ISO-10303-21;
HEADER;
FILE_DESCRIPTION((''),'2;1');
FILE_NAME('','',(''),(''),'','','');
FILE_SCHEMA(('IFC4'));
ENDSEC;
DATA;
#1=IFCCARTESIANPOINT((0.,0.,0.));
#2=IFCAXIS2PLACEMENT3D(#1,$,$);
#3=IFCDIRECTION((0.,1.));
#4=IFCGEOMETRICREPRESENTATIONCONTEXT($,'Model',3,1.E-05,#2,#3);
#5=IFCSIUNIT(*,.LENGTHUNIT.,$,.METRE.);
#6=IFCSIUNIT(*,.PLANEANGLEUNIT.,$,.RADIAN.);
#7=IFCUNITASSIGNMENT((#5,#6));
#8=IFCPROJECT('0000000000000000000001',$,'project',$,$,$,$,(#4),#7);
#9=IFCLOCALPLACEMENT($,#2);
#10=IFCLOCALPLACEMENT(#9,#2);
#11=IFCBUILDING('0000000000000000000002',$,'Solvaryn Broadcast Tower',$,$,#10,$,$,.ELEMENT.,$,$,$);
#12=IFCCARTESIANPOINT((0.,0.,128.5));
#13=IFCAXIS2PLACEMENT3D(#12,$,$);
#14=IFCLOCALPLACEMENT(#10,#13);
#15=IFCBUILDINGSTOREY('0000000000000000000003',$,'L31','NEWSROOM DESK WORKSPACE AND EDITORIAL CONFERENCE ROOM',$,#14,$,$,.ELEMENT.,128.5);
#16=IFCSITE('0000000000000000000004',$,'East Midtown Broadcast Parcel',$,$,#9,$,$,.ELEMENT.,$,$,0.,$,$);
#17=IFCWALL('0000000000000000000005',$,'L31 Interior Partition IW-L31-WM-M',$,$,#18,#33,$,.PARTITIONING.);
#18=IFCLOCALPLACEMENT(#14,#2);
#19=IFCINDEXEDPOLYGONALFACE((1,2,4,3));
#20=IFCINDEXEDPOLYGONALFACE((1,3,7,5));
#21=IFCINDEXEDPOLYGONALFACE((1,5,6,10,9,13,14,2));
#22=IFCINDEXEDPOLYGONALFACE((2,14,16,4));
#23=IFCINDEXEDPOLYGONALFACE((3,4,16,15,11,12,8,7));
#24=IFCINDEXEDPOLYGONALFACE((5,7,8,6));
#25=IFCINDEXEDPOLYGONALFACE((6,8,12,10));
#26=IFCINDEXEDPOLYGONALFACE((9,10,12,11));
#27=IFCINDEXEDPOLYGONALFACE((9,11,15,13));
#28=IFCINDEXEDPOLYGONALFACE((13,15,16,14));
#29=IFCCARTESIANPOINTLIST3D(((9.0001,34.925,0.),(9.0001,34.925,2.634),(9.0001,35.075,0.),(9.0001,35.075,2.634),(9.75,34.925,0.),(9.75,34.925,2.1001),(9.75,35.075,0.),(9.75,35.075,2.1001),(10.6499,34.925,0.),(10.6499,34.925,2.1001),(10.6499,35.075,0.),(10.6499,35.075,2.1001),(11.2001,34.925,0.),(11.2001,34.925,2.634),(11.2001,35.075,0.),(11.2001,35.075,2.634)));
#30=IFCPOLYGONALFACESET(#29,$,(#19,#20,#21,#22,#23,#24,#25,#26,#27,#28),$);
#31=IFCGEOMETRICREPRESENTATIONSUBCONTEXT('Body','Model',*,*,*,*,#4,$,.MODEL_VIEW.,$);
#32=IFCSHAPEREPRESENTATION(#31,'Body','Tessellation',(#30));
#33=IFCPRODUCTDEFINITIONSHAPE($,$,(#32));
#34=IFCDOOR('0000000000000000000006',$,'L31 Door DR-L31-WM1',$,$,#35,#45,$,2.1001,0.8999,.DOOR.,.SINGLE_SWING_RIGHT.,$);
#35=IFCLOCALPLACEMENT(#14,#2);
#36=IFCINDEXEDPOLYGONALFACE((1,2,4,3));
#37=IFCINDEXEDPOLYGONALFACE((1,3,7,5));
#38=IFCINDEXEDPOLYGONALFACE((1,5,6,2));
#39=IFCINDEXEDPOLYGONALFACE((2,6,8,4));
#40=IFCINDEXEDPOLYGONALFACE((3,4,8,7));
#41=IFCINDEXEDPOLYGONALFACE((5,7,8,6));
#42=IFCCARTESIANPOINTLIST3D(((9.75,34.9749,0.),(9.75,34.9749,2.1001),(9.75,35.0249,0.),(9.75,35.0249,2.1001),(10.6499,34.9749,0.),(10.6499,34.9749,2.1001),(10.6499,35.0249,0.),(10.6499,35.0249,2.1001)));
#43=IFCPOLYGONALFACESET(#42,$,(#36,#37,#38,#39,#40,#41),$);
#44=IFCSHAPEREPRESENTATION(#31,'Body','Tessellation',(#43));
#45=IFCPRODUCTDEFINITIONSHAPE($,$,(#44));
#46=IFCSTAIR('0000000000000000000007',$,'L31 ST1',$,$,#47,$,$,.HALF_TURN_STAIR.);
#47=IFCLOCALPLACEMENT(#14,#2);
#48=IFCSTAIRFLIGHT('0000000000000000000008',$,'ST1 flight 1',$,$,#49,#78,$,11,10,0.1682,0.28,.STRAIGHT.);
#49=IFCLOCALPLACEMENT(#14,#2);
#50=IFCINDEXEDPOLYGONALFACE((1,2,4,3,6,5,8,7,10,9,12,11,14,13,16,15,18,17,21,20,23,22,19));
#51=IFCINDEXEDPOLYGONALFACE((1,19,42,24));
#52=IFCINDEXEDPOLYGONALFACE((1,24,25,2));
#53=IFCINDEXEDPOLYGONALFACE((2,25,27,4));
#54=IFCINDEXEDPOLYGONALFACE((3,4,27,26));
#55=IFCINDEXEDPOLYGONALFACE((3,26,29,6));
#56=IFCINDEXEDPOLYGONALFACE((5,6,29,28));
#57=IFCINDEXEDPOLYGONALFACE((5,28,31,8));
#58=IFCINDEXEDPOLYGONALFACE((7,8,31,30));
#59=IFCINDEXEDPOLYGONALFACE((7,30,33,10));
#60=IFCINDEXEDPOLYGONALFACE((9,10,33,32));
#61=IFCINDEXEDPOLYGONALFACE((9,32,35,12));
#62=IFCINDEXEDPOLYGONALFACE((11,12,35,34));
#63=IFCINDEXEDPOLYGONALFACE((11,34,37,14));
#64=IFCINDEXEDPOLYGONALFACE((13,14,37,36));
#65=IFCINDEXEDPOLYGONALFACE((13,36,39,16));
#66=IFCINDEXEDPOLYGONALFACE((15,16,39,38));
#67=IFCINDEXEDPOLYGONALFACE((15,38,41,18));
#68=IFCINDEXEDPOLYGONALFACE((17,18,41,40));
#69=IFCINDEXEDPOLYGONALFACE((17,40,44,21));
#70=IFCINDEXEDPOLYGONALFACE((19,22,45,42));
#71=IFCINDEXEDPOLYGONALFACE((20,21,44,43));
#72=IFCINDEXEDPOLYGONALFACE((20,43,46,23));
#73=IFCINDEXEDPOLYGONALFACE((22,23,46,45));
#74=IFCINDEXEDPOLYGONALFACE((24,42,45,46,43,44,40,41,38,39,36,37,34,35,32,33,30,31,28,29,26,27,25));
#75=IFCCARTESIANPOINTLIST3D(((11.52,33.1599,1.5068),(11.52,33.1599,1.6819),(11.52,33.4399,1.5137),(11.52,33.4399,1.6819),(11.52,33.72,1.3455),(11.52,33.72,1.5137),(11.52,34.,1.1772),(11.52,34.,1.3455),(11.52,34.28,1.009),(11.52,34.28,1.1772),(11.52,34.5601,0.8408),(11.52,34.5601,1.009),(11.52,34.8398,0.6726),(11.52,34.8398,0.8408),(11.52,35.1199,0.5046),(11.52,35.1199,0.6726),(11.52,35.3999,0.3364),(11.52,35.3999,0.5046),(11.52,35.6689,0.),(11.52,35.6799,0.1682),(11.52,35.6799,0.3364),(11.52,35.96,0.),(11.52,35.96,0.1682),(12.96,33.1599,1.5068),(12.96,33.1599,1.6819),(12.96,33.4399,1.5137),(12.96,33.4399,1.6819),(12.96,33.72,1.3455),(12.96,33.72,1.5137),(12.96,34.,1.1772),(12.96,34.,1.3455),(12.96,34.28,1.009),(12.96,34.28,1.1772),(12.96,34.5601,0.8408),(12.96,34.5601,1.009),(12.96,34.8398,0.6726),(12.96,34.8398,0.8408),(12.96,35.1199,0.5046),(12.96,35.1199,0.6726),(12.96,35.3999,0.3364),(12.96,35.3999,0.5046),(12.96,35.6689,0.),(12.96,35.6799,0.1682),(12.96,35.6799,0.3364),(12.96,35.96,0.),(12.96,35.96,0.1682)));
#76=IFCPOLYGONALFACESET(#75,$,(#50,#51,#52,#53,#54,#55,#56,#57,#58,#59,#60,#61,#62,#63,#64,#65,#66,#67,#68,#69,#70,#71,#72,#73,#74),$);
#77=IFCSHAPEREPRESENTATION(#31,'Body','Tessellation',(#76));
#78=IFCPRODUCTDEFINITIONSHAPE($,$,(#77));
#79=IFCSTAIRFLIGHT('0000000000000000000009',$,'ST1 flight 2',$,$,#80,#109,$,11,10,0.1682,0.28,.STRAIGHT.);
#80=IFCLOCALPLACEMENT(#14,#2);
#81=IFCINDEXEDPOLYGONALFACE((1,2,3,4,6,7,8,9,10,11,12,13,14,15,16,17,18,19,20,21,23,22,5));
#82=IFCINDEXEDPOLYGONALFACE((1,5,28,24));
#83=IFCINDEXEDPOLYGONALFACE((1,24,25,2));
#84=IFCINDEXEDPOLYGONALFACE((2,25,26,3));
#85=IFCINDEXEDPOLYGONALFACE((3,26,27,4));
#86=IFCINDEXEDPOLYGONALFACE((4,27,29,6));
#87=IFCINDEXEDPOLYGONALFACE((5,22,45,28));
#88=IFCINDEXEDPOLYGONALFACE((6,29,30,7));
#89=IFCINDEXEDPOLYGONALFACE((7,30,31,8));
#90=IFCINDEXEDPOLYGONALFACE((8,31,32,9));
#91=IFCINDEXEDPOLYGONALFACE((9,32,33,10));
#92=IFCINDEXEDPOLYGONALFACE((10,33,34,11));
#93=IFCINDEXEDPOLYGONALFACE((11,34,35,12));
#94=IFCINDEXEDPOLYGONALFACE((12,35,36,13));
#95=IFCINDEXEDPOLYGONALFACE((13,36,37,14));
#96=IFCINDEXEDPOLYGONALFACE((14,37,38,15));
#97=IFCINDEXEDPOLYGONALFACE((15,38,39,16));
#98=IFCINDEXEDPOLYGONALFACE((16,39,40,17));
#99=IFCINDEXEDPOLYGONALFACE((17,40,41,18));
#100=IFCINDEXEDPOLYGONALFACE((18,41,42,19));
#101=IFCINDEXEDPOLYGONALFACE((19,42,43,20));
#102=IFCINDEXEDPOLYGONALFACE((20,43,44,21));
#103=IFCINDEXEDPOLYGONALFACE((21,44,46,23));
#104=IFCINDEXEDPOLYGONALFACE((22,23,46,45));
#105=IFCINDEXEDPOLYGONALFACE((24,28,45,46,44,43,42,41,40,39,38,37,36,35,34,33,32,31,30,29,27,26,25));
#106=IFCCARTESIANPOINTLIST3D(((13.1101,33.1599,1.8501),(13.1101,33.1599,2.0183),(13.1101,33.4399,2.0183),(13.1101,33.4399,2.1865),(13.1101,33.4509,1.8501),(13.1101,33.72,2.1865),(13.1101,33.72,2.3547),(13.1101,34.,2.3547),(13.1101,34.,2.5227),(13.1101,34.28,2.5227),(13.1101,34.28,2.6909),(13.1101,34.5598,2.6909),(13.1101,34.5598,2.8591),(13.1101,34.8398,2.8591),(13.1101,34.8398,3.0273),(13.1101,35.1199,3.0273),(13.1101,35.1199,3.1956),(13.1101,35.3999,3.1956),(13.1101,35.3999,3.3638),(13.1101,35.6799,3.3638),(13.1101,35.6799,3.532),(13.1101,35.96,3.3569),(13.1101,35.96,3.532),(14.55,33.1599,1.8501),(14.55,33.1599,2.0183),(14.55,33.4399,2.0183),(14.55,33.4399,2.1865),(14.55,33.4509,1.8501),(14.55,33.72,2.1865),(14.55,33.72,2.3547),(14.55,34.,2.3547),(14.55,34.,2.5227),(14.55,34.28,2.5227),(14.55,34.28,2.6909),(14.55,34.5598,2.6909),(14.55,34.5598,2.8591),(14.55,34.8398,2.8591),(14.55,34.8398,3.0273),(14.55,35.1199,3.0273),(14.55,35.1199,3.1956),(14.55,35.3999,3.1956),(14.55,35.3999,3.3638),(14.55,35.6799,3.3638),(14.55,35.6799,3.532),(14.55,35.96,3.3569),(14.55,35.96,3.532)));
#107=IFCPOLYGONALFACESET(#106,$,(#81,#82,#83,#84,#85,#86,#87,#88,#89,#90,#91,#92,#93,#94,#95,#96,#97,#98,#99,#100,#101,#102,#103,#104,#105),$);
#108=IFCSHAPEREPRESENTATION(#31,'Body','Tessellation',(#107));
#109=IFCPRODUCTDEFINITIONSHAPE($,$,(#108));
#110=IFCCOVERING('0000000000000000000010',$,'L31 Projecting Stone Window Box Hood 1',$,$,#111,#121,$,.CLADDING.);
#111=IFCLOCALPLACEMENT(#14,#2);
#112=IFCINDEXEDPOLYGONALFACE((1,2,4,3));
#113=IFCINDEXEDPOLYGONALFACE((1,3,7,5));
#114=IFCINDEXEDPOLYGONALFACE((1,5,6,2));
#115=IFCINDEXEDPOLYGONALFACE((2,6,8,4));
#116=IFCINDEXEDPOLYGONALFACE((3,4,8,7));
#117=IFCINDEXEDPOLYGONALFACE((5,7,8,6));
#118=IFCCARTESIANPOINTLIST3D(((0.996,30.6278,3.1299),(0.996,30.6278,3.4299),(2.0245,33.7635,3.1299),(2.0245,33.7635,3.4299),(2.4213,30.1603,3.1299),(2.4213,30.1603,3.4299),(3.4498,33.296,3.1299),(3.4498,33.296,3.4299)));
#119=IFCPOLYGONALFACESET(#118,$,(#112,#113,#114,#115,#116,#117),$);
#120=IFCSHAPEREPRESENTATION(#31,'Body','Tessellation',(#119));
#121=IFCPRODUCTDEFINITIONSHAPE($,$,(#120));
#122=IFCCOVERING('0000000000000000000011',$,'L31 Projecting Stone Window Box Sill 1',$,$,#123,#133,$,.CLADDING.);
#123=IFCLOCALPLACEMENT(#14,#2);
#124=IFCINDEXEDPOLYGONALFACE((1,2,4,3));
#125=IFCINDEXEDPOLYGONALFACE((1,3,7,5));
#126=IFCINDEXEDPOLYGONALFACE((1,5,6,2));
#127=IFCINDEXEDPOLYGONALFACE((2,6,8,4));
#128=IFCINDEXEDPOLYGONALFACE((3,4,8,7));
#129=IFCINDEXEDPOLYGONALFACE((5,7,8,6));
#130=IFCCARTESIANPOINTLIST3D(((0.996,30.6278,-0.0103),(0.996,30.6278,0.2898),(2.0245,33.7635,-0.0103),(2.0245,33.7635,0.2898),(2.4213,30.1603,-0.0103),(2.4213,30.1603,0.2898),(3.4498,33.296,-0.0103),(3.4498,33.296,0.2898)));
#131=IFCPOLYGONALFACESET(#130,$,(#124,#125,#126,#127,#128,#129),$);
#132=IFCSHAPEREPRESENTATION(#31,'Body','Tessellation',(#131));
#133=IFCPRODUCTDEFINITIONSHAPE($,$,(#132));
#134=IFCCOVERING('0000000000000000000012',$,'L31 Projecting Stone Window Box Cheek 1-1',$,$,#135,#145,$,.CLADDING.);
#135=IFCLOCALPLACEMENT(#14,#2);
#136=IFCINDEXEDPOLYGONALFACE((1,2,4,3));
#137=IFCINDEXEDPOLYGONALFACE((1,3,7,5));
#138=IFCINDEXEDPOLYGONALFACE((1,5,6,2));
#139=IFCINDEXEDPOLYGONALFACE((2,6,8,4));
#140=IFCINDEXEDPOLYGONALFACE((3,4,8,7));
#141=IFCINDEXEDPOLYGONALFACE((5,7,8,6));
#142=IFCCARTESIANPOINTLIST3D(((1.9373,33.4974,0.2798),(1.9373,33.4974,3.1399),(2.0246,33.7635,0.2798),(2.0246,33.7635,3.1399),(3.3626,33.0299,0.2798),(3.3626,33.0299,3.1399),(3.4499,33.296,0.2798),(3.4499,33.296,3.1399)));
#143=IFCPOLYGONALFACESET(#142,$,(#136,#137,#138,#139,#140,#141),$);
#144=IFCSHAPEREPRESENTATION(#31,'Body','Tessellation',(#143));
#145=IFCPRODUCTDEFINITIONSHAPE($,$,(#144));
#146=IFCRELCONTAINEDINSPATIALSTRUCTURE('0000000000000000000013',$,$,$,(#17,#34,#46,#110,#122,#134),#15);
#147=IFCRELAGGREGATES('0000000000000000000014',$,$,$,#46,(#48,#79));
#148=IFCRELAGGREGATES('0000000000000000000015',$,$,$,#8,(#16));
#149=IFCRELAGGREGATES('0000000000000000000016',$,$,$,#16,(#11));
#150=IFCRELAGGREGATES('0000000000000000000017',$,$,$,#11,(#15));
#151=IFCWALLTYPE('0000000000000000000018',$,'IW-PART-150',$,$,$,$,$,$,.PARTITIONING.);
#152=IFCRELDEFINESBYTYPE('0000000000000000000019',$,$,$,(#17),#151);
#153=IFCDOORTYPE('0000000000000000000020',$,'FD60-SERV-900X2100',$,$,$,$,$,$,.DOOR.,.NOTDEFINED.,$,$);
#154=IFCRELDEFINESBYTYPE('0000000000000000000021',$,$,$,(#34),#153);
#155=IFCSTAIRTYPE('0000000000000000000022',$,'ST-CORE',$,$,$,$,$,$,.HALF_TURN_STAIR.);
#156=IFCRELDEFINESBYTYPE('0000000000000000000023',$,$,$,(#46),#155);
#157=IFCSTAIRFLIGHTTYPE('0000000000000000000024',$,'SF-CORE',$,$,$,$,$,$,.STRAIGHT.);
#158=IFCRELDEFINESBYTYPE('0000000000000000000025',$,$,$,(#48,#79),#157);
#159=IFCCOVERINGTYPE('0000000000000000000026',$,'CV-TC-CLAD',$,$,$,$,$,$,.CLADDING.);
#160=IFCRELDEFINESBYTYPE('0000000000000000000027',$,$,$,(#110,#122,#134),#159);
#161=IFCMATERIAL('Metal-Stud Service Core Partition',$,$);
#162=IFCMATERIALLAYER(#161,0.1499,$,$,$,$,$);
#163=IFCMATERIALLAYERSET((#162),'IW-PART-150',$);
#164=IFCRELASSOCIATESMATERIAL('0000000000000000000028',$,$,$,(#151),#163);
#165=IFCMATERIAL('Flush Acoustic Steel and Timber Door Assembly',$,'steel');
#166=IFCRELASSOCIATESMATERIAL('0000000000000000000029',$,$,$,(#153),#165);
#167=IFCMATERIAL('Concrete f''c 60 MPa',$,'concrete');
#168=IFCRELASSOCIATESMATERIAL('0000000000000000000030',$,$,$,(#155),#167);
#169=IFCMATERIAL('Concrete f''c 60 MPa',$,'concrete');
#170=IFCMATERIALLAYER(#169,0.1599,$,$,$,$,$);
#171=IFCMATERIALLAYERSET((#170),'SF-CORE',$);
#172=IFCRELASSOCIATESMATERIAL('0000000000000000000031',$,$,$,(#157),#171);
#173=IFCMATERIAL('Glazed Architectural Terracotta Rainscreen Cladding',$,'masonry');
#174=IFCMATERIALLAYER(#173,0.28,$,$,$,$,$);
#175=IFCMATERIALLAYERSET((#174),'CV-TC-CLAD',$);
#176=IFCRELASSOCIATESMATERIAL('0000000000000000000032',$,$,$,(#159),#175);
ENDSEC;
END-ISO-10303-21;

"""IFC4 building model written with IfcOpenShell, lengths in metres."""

from ifc_helpers import new_model, si_unit, direction, frame, frame_2d, origin, origin_2d, place, context, subcontext, project, spatial, polyline, rectangle, outline, extrude, material, layer, layer_set, type_object, element, fill, aggregate, save


model = new_model("IFC4")

# Units and contexts
model_context = context("Model", 3, precision=1e-05, world=origin(), true_north=direction((0.0, 1.0)))
body_context = subcontext(model_context, "Body", "Model", "MODEL_VIEW")
ifc_project = project(units=[si_unit("LENGTHUNIT", "METRE"), si_unit("PLANEANGLEUNIT", "RADIAN")], contexts=[model_context])

# Site, building, storey
site_placement = place(None, origin())
site = spatial("IfcSite", under=ifc_project, at=site_placement, Name="East Midtown Broadcast Parcel", CompositionType="ELEMENT", RefElevation=0.0)
building_placement = place(site_placement, origin())
building = spatial("IfcBuilding", under=site, at=building_placement, Name="Solvaryn Broadcast Tower", CompositionType="ELEMENT")
storey_placement = place(building_placement, frame((0.0, 0.0, 128.5)))
storey = spatial("IfcBuildingStorey", under=building, at=storey_placement, Name="L31", Description="NEWSROOM DESK WORKSPACE AND EDITORIAL CONFERENCE ROOM", CompositionType="ELEMENT", Elevation=128.5)

# Wall, opening, door
ifc_material_1 = material(Name="Metal-Stud Service Core Partition")
ifc_layer_1 = layer(ifc_material_1, 0.1499)
ifc_layer_set_1 = layer_set([ifc_layer_1], Name="IW-PART-150")
wall_type = type_object("IfcWallType", Name="IW-PART-150", PredefinedType="PARTITIONING", material=ifc_layer_set_1)
wall_placement = place(storey_placement, frame((9.0, 35.0, 0.0), z_axis=(0.0, 0.0, 1.0), x_axis=(1.0, 0.0, 0.0)))
wall = element("IfcWall", 1, at=wall_placement, inside=storey, type_object=wall_type, Name="L31 Interior Partition IW-L31-WM-M", PredefinedType="PARTITIONING", context=body_context, shape_type="SweptSolid", body=[
    extrude(rectangle(XDim=2.2, YDim=0.1499, at=frame_2d((1.1001, 0.0))), origin(), (0.0, 0.0, 1.0), 2.634),
])
opening_placement = place(wall_placement, frame((0.75, 0.0, 0.0)))
opening = element("IfcOpeningElement", 2, at=opening_placement, cuts=wall, PredefinedType="OPENING", context=body_context, shape_type="SweptSolid", body=[
    extrude(rectangle(XDim=0.8999, YDim=2.1001, at=frame_2d((0.45, 1.05))), frame((0.0, 0.085, 0.0), z_axis=(0.0, -1.0, 0.0), x_axis=(1.0, 0.0, 0.0)), (0.0, 0.0, 1.0), 0.1699),
])
ifc_material_2 = material(Name="Flush Acoustic Steel and Timber Door Assembly", Category="steel")
door_type = type_object("IfcDoorType", Name="FD60-SERV-900X2100", OperationType="NOTDEFINED", PredefinedType="DOOR", material=ifc_material_2)
door_placement = place(opening_placement, origin())
door = element("IfcDoor", 3, at=door_placement, inside=storey, type_object=door_type, Name="L31 Door DR-L31-WM1", OperationType="SINGLE_SWING_RIGHT", OverallHeight=2.1001, OverallWidth=0.8999, PredefinedType="DOOR", context=body_context, shape_type="SweptSolid", body=[
    extrude(rectangle(XDim=0.8999, YDim=2.1001, at=frame_2d((0.45, 1.05))), frame((0.0, 0.0249, 0.0), z_axis=(0.0, -1.0, 0.0), x_axis=(1.0, 0.0, 0.0)), (0.0, 0.0, 1.0), 0.05),
])
fill(opening, door)

# Stair, stair flights
ifc_material_3 = material(Name="Concrete f'c 60 MPa", Category="concrete")
stair_type = type_object("IfcStairType", Name="ST-CORE", PredefinedType="HALF_TURN_STAIR", material=ifc_material_3)
stair_placement = place(storey_placement, origin())
stair = element("IfcStair", 4, at=stair_placement, inside=storey, type_object=stair_type, Name="L31 ST1", PredefinedType="HALF_TURN_STAIR")
ifc_material_4 = material(Name="Concrete f'c 60 MPa", Category="concrete")
ifc_layer_2 = layer(ifc_material_4, 0.1599)
ifc_layer_set_2 = layer_set([ifc_layer_2], Name="SF-CORE")
stair_flight_type = type_object("IfcStairFlightType", Name="SF-CORE", PredefinedType="STRAIGHT", material=ifc_layer_set_2)
stair_flight_1_placement = place(storey_placement, frame((12.24, 35.96, 0.0), z_axis=(0.0, 0.0, 1.0), x_axis=(0.0, -1.0, 0.0)))
stair_flight_1 = element("IfcStairFlight", 5, at=stair_flight_1_placement, type_object=stair_flight_type, Name="ST1 flight 1", NumberOfRisers=11, NumberOfTreads=10, PredefinedType="STRAIGHT", RiserHeight=0.1682, TreadLength=0.28, context=body_context, shape_type="SweptSolid", body=[
    extrude(outline(polyline([(0.0, 0.0), (0.0, 0.1682), (0.28, 0.1682), (0.28, 0.3364), (0.5601, 0.3364), (0.5601, 0.5046), (0.8401, 0.5046), (0.8401, 0.6726), (1.1201, 0.6726), (1.1201, 0.8408), (1.3999, 0.8408), (1.3999, 1.009), (1.6799, 1.009), (1.6799, 1.1772), (1.96, 1.1772), (1.96, 1.3455), (2.24, 1.3455), (2.24, 1.5137), (2.52, 1.5137), (2.52, 1.6819), (2.8, 1.6819), (2.8, 1.8501), (2.8, 1.5068), (0.291, 0.0), (0.0, 0.0)])), frame((0.0, 0.72, 0.0), z_axis=(0.0, -1.0, 0.0), x_axis=(1.0, 0.0, 0.0)), (0.0, 0.0, 1.0), 1.4399),
])
stair_flight_2_placement = place(storey_placement, frame((13.8301, 33.1599, 1.8501), z_axis=(0.0, 0.0, 1.0), x_axis=(0.0, 1.0, 0.0)))
stair_flight_2 = element("IfcStairFlight", 6, at=stair_flight_2_placement, type_object=stair_flight_type, Name="ST1 flight 2", NumberOfRisers=11, NumberOfTreads=10, PredefinedType="STRAIGHT", RiserHeight=0.1682, TreadLength=0.28, context=body_context, shape_type="SweptSolid", body=[
    extrude(outline(polyline([(0.0, 0.0), (0.0, 0.1682), (0.28, 0.1682), (0.28, 0.3364), (0.5601, 0.3364), (0.5601, 0.5046), (0.8401, 0.5046), (0.8401, 0.6726), (1.1201, 0.6726), (1.1201, 0.8408), (1.3999, 0.8408), (1.3999, 1.009), (1.6799, 1.009), (1.6799, 1.1772), (1.96, 1.1772), (1.96, 1.3455), (2.24, 1.3455), (2.24, 1.5137), (2.52, 1.5137), (2.52, 1.6819), (2.8, 1.6819), (2.8, 1.8501), (2.8, 1.5068), (0.291, 0.0), (0.0, 0.0)])), frame((0.0, 0.72, 0.0), z_axis=(0.0, -1.0, 0.0), x_axis=(1.0, 0.0, 0.0)), (0.0, 0.0, 1.0), 1.4399),
])
aggregate(stair, [stair_flight_1, stair_flight_2])

# Coverings
ifc_material_5 = material(Name="Glazed Architectural Terracotta Rainscreen Cladding", Category="masonry")
ifc_layer_3 = layer(ifc_material_5, 0.28)
ifc_layer_set_3 = layer_set([ifc_layer_3], Name="CV-TC-CLAD")
covering_type = type_object("IfcCoveringType", Name="CV-TC-CLAD", PredefinedType="CLADDING", material=ifc_layer_set_3)
for number, where, z_axis, x_axis, name in (
    (7, (2.2229, 31.9619, 3.1299), (0.0, 0.0, 1.0), (-0.311672, -0.95019, 0.0), "L31 Projecting Stone Window Box Hood 1"),
    (8, (2.2229, 31.9619, -0.0103), (0.0, 0.0, 1.0), (-0.311672, -0.95019, 0.0), "L31 Projecting Stone Window Box Sill 1"),
):
    element("IfcCovering", number, at=place(storey_placement, frame(where, z_axis=z_axis, x_axis=x_axis)), inside=storey, type_object=covering_type, Name=name, PredefinedType="CLADDING", context=body_context, shape_type="SweptSolid", body=[
        extrude(rectangle(XDim=3.3, YDim=1.5, at=origin_2d()), origin(), (0.0, 0.0, 1.0), 0.3),
    ])
covering_placement = place(storey_placement, frame((2.6936, 33.3967, 0.2798), z_axis=(0.0, 0.0, 1.0), x_axis=(-0.311672, -0.95019, 0.0)))
element("IfcCovering", 9, at=covering_placement, inside=storey, type_object=covering_type, Name="L31 Projecting Stone Window Box Cheek 1-1", PredefinedType="CLADDING", context=body_context, shape_type="SweptSolid", body=[
    extrude(rectangle(XDim=0.28, YDim=1.5, at=origin_2d()), origin(), (0.0, 0.0, 1.0), 2.8601),
])

save(model, "model.ifc")
